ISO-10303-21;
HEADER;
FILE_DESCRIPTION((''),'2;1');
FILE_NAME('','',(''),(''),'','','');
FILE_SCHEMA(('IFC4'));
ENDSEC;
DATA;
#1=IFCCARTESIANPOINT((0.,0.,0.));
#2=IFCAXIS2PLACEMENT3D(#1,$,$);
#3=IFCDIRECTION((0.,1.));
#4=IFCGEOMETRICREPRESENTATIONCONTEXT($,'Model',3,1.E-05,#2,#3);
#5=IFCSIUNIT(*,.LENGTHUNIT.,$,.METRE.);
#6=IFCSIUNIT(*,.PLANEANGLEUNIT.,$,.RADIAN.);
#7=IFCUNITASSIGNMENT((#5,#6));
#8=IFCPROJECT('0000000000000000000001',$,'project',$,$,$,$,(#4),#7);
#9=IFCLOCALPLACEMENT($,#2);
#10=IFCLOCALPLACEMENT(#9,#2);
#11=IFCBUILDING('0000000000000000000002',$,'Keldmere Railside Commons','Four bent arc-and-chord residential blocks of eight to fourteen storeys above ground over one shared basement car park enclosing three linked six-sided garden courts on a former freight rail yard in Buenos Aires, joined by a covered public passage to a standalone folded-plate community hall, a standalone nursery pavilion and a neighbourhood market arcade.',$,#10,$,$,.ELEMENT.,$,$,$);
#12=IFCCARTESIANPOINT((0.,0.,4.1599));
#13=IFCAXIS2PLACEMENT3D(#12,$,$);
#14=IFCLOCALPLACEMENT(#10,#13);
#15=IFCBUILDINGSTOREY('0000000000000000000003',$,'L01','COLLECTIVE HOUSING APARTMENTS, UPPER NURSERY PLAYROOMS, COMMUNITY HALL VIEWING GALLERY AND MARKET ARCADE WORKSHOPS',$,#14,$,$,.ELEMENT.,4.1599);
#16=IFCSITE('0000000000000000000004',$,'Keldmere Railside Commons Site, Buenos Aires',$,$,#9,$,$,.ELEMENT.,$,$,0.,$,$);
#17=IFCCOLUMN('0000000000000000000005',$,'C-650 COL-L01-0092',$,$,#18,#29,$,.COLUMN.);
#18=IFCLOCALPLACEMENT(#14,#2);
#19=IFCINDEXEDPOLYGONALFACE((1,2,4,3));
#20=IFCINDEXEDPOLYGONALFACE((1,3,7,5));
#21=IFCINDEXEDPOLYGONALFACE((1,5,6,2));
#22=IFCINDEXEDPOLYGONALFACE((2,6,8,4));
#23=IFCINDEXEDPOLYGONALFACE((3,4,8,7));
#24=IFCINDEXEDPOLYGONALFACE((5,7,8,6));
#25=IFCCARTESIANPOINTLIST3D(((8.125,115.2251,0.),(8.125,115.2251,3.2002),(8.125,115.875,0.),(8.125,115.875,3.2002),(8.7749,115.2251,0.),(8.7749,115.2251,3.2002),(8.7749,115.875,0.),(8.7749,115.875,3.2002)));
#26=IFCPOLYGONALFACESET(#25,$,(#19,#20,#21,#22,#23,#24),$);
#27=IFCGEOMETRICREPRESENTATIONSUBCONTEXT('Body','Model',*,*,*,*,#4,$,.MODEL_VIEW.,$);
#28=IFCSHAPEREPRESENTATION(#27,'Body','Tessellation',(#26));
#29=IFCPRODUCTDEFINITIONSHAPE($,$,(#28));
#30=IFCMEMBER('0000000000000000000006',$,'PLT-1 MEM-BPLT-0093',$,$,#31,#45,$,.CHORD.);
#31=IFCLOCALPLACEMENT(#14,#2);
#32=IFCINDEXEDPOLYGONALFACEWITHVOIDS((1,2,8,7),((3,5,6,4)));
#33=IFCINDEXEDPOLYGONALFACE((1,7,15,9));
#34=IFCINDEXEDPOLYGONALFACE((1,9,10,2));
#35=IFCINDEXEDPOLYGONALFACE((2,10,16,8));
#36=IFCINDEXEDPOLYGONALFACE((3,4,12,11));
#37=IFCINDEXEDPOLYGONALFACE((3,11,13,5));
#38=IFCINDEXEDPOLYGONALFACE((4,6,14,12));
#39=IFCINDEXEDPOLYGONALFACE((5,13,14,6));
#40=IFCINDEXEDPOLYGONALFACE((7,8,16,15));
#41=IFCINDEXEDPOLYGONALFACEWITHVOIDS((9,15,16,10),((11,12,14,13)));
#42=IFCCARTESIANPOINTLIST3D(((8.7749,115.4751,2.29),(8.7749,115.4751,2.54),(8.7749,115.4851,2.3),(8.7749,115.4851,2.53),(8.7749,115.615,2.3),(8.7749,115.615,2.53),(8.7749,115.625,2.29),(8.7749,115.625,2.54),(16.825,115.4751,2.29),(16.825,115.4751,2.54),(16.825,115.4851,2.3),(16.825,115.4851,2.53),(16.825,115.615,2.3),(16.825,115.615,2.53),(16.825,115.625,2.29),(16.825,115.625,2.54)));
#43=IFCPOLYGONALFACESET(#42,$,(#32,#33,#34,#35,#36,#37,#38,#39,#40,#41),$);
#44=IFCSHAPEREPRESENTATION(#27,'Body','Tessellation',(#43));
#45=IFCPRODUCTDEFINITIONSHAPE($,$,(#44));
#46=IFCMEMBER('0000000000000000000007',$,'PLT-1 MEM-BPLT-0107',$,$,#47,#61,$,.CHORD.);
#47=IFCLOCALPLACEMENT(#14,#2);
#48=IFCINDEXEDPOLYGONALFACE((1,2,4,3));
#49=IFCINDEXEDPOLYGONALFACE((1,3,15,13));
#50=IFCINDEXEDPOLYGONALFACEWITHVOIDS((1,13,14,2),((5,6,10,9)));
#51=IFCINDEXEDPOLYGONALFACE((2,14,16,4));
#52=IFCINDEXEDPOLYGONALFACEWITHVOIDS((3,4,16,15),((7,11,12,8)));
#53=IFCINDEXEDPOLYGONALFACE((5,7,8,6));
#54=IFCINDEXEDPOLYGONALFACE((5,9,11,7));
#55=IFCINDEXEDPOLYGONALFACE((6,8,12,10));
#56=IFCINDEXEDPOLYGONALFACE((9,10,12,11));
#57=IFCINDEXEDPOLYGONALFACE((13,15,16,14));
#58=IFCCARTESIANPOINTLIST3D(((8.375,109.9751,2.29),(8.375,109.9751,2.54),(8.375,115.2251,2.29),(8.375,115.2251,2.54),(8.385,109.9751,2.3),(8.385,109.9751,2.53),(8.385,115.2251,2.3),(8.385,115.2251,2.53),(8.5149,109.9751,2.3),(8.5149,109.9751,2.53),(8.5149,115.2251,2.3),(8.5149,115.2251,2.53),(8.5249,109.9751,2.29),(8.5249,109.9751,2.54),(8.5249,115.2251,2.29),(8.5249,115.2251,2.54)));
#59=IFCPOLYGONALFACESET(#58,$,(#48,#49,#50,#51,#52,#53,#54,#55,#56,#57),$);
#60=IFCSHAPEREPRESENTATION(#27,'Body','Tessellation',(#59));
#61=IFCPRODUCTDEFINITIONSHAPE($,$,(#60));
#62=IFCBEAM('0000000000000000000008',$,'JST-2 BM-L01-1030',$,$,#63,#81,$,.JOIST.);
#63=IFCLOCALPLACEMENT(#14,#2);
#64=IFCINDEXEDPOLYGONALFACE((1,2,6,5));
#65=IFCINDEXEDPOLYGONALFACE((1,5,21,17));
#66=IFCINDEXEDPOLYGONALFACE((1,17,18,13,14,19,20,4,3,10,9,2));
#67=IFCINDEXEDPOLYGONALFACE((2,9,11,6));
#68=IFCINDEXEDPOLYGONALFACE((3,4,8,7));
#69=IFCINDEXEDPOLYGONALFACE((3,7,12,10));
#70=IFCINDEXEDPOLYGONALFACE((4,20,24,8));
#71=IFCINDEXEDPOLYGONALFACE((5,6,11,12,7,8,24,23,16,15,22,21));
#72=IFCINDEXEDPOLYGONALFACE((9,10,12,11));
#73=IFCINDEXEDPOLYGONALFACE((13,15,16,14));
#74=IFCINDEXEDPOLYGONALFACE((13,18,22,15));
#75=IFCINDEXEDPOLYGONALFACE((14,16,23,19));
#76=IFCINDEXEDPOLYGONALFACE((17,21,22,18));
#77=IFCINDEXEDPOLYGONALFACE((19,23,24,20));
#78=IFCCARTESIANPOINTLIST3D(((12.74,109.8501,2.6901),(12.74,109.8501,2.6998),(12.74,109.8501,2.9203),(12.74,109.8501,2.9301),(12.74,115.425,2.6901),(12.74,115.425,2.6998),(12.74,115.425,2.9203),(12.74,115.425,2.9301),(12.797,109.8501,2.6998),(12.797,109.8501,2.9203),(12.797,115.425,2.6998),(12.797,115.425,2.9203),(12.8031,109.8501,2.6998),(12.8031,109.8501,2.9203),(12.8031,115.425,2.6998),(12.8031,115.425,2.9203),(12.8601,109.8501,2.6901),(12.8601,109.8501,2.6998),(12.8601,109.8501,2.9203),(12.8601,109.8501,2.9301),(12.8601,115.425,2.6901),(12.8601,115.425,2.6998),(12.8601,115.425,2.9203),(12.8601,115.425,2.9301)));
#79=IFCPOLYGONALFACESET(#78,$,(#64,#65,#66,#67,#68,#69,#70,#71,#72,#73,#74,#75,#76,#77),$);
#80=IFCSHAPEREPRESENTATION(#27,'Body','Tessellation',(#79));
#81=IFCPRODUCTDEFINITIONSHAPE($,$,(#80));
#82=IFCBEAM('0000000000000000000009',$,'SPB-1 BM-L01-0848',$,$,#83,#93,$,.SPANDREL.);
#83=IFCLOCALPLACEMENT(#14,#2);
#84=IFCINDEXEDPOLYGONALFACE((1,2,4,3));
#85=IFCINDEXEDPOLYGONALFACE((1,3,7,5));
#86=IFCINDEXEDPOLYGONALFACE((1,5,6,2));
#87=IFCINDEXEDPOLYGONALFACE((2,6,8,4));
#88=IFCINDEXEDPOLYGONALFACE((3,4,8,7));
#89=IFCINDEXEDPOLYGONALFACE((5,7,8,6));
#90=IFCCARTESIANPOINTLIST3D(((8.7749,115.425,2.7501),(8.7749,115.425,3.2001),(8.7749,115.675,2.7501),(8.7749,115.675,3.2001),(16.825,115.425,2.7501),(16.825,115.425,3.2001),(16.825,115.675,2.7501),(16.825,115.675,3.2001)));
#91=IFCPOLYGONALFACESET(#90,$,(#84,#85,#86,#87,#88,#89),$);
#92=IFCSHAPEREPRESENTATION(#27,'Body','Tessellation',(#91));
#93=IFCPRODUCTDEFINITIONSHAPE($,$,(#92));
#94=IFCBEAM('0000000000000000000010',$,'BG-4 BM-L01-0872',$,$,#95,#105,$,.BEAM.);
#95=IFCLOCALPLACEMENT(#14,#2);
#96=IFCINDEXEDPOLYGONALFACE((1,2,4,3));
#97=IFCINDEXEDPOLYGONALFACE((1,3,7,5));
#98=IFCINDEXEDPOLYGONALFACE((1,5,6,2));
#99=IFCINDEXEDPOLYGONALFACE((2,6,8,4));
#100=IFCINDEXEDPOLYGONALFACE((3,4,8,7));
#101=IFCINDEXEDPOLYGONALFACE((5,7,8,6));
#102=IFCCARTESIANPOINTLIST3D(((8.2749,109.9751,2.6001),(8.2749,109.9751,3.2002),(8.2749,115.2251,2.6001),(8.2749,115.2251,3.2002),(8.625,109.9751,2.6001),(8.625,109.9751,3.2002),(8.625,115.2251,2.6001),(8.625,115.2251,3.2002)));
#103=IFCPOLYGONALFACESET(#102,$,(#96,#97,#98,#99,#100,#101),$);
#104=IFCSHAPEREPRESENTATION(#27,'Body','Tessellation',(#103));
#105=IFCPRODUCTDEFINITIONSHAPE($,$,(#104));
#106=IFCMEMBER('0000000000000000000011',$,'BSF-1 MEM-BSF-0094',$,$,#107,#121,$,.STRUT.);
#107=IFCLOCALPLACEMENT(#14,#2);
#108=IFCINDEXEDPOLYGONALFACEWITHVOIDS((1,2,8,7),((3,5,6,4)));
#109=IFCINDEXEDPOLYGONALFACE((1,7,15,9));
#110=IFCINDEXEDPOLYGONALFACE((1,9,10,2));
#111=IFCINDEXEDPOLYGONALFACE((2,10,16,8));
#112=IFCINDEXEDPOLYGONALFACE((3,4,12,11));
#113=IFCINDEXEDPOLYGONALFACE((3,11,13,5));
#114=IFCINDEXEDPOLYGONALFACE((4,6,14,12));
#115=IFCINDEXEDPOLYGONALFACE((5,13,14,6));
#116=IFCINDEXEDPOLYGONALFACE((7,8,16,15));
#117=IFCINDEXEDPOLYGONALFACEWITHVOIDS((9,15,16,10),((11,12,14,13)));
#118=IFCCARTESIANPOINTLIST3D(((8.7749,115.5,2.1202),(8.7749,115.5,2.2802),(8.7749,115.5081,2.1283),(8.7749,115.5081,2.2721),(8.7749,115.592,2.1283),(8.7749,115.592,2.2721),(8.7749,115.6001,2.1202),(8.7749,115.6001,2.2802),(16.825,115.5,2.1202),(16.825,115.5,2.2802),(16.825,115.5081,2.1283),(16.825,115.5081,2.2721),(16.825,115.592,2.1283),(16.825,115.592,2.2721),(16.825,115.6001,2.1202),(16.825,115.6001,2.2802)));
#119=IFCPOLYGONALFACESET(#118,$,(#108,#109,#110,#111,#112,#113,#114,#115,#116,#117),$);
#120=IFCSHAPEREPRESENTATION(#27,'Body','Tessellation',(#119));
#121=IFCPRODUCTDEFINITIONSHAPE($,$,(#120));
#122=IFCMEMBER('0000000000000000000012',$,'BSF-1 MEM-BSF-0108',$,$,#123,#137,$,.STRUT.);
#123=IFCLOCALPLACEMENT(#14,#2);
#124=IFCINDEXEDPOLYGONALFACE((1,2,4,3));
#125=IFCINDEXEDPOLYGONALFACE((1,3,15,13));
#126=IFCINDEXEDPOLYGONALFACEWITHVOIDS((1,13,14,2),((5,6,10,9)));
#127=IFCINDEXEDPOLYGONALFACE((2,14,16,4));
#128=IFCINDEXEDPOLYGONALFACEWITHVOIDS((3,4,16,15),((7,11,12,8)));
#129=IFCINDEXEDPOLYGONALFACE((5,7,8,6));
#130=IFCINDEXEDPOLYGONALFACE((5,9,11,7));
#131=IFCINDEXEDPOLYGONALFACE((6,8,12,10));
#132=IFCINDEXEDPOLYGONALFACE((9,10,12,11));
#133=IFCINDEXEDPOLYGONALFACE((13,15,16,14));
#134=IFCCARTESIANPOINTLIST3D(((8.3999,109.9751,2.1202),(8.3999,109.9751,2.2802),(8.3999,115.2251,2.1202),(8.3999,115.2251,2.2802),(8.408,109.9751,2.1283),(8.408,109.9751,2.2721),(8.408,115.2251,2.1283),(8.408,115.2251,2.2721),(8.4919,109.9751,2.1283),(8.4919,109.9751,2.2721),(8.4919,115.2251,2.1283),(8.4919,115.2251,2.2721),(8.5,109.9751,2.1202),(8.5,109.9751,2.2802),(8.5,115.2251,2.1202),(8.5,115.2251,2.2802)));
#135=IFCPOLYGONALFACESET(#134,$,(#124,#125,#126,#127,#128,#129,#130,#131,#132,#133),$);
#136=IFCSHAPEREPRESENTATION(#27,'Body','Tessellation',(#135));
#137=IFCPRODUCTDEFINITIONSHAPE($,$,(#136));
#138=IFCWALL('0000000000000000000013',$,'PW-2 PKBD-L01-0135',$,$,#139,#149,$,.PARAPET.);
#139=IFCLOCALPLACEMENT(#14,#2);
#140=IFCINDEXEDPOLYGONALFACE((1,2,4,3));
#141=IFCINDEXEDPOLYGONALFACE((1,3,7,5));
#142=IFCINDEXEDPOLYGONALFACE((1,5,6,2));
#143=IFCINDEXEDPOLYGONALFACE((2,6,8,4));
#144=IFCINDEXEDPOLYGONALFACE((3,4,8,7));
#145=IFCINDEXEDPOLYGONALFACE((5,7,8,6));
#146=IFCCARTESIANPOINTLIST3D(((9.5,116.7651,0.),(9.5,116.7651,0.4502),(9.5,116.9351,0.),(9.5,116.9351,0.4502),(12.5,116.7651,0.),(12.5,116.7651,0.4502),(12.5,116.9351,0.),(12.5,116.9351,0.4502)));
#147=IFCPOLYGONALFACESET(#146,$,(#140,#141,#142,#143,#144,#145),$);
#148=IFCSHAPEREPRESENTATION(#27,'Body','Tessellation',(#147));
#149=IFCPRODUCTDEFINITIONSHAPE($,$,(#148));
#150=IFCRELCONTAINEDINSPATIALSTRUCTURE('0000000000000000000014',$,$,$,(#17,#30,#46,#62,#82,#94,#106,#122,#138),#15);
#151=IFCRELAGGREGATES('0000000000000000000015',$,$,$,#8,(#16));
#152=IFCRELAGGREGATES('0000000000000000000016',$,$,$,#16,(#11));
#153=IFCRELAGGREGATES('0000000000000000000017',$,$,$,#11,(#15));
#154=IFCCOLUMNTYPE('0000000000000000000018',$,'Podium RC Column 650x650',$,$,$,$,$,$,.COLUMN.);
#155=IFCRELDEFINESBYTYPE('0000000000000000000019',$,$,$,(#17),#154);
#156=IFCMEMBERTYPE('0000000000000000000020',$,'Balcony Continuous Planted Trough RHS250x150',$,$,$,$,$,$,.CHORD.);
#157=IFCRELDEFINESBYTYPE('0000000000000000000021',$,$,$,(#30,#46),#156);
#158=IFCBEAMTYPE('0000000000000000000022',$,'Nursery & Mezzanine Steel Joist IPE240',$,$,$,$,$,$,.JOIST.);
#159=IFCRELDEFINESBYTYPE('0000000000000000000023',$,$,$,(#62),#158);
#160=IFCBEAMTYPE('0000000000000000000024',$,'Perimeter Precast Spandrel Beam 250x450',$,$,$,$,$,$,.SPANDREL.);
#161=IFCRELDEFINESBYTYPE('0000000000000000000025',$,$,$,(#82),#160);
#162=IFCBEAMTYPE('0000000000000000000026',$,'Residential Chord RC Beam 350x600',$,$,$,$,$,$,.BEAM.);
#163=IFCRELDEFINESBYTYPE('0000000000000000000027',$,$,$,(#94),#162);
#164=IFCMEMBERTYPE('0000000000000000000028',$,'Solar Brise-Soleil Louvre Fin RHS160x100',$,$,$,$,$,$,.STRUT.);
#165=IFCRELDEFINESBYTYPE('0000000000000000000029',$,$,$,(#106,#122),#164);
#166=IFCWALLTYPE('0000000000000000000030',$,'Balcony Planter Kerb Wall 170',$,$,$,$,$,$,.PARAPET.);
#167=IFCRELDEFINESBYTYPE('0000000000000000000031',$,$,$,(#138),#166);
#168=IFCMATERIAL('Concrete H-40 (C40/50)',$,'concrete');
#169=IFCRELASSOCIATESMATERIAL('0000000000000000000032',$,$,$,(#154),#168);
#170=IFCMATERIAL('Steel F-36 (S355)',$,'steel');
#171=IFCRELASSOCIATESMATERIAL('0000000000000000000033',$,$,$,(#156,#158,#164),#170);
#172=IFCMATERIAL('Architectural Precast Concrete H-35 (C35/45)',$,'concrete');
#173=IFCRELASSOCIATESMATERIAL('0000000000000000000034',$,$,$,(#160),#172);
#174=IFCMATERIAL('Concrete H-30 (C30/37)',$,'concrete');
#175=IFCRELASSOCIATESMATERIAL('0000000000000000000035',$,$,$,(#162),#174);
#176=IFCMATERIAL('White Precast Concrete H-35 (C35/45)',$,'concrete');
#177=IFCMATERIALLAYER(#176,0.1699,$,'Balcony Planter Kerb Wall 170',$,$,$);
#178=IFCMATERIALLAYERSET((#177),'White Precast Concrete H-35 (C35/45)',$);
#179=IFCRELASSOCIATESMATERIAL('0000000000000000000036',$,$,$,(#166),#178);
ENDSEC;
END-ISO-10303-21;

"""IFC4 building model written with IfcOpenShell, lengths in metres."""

from ifc_helpers import new_model, si_unit, direction, frame, frame_2d, origin, origin_2d, place, context, subcontext, project, spatial, rectangle, hollow_rectangle, i_section, extrude, material, layer, layer_set, material_profile, profile_set, type_object, element, save


model = new_model("IFC4")

# Units and contexts
model_context = context("Model", 3, precision=1e-05, world=origin(), true_north=direction((0.0, 1.0)))
body_context = subcontext(model_context, "Body", "Model", "MODEL_VIEW")
ifc_project = project(units=[si_unit("LENGTHUNIT", "METRE"), si_unit("PLANEANGLEUNIT", "RADIAN")], contexts=[model_context])

# Site, building, storey
site_placement = place(None, origin())
site = spatial("IfcSite", under=ifc_project, at=site_placement, Name="Keldmere Railside Commons Site, Buenos Aires", CompositionType="ELEMENT", RefElevation=0.0)
building_placement = place(site_placement, origin())
building = spatial("IfcBuilding", under=site, at=building_placement, Name="Keldmere Railside Commons", Description="Four bent arc-and-chord residential blocks of eight to fourteen storeys above ground over one shared basement car park enclosing three linked six-sided garden courts on a former freight rail yard in Buenos Aires, joined by a covered public passage to a standalone folded-plate community hall, a standalone nursery pavilion and a neighbourhood market arcade.", CompositionType="ELEMENT")
storey_placement = place(building_placement, frame((0.0, 0.0, 4.1599)))
storey = spatial("IfcBuildingStorey", under=building, at=storey_placement, Name="L01", Description="COLLECTIVE HOUSING APARTMENTS, UPPER NURSERY PLAYROOMS, COMMUNITY HALL VIEWING GALLERY AND MARKET ARCADE WORKSHOPS", CompositionType="ELEMENT", Elevation=4.1599)

# Column
ifc_material_1 = material(Name="Concrete H-40 (C40/50)", Category="concrete")
ifc_material_profile_1 = material_profile(ifc_material_1, rectangle(XDim=0.6499, YDim=0.6499, at=origin_2d()), Name="RC-650x650")
ifc_profile_set_1 = profile_set([ifc_material_profile_1], Name="Concrete H-40 (C40/50)")
column_type = type_object("IfcColumnType", Name="Podium RC Column 650x650", PredefinedType="COLUMN", material=ifc_profile_set_1)
column_placement = place(storey_placement, frame((8.45, 115.55, 0.0), z_axis=(0.0, 0.0, 1.0), x_axis=(1.0, 0.0, 0.0)))
element("IfcColumn", 1, at=column_placement, inside=storey, type_object=column_type, Name="C-650 COL-L01-0092", PredefinedType="COLUMN", context=body_context, shape_type="SweptSolid", body=[
    extrude(rectangle(XDim=0.6499, YDim=0.6499, at=origin_2d()), origin(), (0.0, 0.0, 1.0), 3.2002),
])

# Members
ifc_material_2 = material(Name="Steel F-36 (S355)", Category="steel")
ifc_material_profile_2 = material_profile(ifc_material_2, hollow_rectangle(XDim=0.1499, YDim=0.25, WallThickness=0.01, at=origin_2d()), Name="RHS-250x150x10")
ifc_profile_set_2 = profile_set([ifc_material_profile_2], Name="Steel F-36 (S355)")
member_type_1 = type_object("IfcMemberType", Name="Balcony Continuous Planted Trough RHS250x150", PredefinedType="CHORD", material=ifc_profile_set_2)
member_1_placement = place(storey_placement, frame((8.7749, 115.55, 2.415), z_axis=(1.0, 0.0, 0.0), x_axis=(0.0, 1.0, 0.0)))
element("IfcMember", 2, at=member_1_placement, inside=storey, type_object=member_type_1, Name="PLT-1 MEM-BPLT-0093", PredefinedType="CHORD", context=body_context, shape_type="SweptSolid", body=[
    extrude(hollow_rectangle(XDim=0.1499, YDim=0.25, WallThickness=0.01, at=origin_2d()), origin(), (0.0, 0.0, 1.0), 8.05),
])
member_2_placement = place(storey_placement, frame((8.45, 109.9751, 2.415), z_axis=(0.0, 1.0, 0.0), x_axis=(-1.0, 0.0, 0.0)))
element("IfcMember", 3, at=member_2_placement, inside=storey, type_object=member_type_1, Name="PLT-1 MEM-BPLT-0107", PredefinedType="CHORD", context=body_context, shape_type="SweptSolid", body=[
    extrude(hollow_rectangle(XDim=0.1499, YDim=0.25, WallThickness=0.01, at=origin_2d()), origin(), (0.0, 0.0, 1.0), 5.25),
])

# Beams
ifc_material_profile_3 = material_profile(ifc_material_2, i_section(OverallWidth=0.1201, OverallDepth=0.24, WebThickness=0.0061, FlangeThickness=0.0098, at=origin_2d()), Name="IPE-240")
ifc_profile_set_3 = profile_set([ifc_material_profile_3], Name="Steel F-36 (S355)")
beam_type_1 = type_object("IfcBeamType", Name="Nursery & Mezzanine Steel Joist IPE240", PredefinedType="JOIST", material=ifc_profile_set_3)
beam_1_placement = place(storey_placement, frame((12.8, 109.8501, 2.8101), z_axis=(0.0, 1.0, 0.0), x_axis=(-1.0, 0.0, 0.0)))
element("IfcBeam", 4, at=beam_1_placement, inside=storey, type_object=beam_type_1, Name="JST-2 BM-L01-1030", PredefinedType="JOIST", context=body_context, shape_type="SweptSolid", body=[
    extrude(i_section(OverallWidth=0.1201, OverallDepth=0.24, WebThickness=0.0061, FlangeThickness=0.0098, at=origin_2d()), origin(), (0.0, 0.0, 1.0), 5.575),
])
ifc_material_3 = material(Name="Architectural Precast Concrete H-35 (C35/45)", Category="concrete")
ifc_material_profile_4 = material_profile(ifc_material_3, rectangle(XDim=0.25, YDim=0.45, at=origin_2d()), Name="RC-250x450")
ifc_profile_set_4 = profile_set([ifc_material_profile_4], Name="Architectural Precast Concrete H-35 (C35/45)")
beam_type_2 = type_object("IfcBeamType", Name="Perimeter Precast Spandrel Beam 250x450", PredefinedType="SPANDREL", material=ifc_profile_set_4)
beam_2_placement = place(storey_placement, frame((8.7749, 115.55, 2.9751), z_axis=(1.0, 0.0, 0.0), x_axis=(0.0, 1.0, 0.0)))
element("IfcBeam", 5, at=beam_2_placement, inside=storey, type_object=beam_type_2, Name="SPB-1 BM-L01-0848", PredefinedType="SPANDREL", context=body_context, shape_type="SweptSolid", body=[
    extrude(rectangle(XDim=0.25, YDim=0.45, at=origin_2d()), origin(), (0.0, 0.0, 1.0), 8.05),
])
ifc_material_4 = material(Name="Concrete H-30 (C30/37)", Category="concrete")
ifc_material_profile_5 = material_profile(ifc_material_4, rectangle(XDim=0.3501, YDim=0.6001, at=origin_2d()), Name="RC-350x600")
ifc_profile_set_5 = profile_set([ifc_material_profile_5], Name="Concrete H-30 (C30/37)")
beam_type_3 = type_object("IfcBeamType", Name="Residential Chord RC Beam 350x600", PredefinedType="BEAM", material=ifc_profile_set_5)
beam_3_placement = place(storey_placement, frame((8.45, 109.9751, 2.9001), z_axis=(0.0, 1.0, 0.0), x_axis=(-1.0, 0.0, 0.0)))
element("IfcBeam", 6, at=beam_3_placement, inside=storey, type_object=beam_type_3, Name="BG-4 BM-L01-0872", PredefinedType="BEAM", context=body_context, shape_type="SweptSolid", body=[
    extrude(rectangle(XDim=0.3501, YDim=0.6001, at=origin_2d()), origin(), (0.0, 0.0, 1.0), 5.25),
])

# Members
ifc_material_profile_6 = material_profile(ifc_material_2, hollow_rectangle(XDim=0.1001, YDim=0.1599, WallThickness=0.0081, at=origin_2d()), Name="RHS-160x100x8")
ifc_profile_set_6 = profile_set([ifc_material_profile_6], Name="Steel F-36 (S355)")
member_type_2 = type_object("IfcMemberType", Name="Solar Brise-Soleil Louvre Fin RHS160x100", PredefinedType="STRUT", material=ifc_profile_set_6)
member_3_placement = place(storey_placement, frame((8.7749, 115.55, 2.2002), z_axis=(1.0, 0.0, 0.0), x_axis=(0.0, 1.0, 0.0)))
element("IfcMember", 7, at=member_3_placement, inside=storey, type_object=member_type_2, Name="BSF-1 MEM-BSF-0094", PredefinedType="STRUT", context=body_context, shape_type="SweptSolid", body=[
    extrude(hollow_rectangle(XDim=0.1001, YDim=0.1599, WallThickness=0.0081, at=origin_2d()), origin(), (0.0, 0.0, 1.0), 8.05),
])
member_4_placement = place(storey_placement, frame((8.45, 109.9751, 2.2002), z_axis=(0.0, 1.0, 0.0), x_axis=(-1.0, 0.0, 0.0)))
element("IfcMember", 8, at=member_4_placement, inside=storey, type_object=member_type_2, Name="BSF-1 MEM-BSF-0108", PredefinedType="STRUT", context=body_context, shape_type="SweptSolid", body=[
    extrude(hollow_rectangle(XDim=0.1001, YDim=0.1599, WallThickness=0.0081, at=origin_2d()), origin(), (0.0, 0.0, 1.0), 5.25),
])

# Wall
ifc_material_5 = material(Name="White Precast Concrete H-35 (C35/45)", Category="concrete")
ifc_layer_1 = layer(ifc_material_5, 0.1699, Name="Balcony Planter Kerb Wall 170")
ifc_layer_set_1 = layer_set([ifc_layer_1], Name="White Precast Concrete H-35 (C35/45)")
wall_type_1 = type_object("IfcWallType", Name="Balcony Planter Kerb Wall 170", PredefinedType="PARAPET", material=ifc_layer_set_1)
wall_1_placement = place(storey_placement, frame((9.5, 116.8501, 0.0), z_axis=(0.0, 0.0, 1.0), x_axis=(1.0, 0.0, 0.0)))
element("IfcWall", 9, at=wall_1_placement, inside=storey, type_object=wall_type_1, Name="PW-2 PKBD-L01-0135", PredefinedType="PARAPET", context=body_context, shape_type="SweptSolid", body=[
    extrude(rectangle(XDim=3.0, YDim=0.1699, at=frame_2d((1.5, 0.0))), origin(), (0.0, 0.0, 1.0), 0.4502),
])

save(model, "model.ifc")
